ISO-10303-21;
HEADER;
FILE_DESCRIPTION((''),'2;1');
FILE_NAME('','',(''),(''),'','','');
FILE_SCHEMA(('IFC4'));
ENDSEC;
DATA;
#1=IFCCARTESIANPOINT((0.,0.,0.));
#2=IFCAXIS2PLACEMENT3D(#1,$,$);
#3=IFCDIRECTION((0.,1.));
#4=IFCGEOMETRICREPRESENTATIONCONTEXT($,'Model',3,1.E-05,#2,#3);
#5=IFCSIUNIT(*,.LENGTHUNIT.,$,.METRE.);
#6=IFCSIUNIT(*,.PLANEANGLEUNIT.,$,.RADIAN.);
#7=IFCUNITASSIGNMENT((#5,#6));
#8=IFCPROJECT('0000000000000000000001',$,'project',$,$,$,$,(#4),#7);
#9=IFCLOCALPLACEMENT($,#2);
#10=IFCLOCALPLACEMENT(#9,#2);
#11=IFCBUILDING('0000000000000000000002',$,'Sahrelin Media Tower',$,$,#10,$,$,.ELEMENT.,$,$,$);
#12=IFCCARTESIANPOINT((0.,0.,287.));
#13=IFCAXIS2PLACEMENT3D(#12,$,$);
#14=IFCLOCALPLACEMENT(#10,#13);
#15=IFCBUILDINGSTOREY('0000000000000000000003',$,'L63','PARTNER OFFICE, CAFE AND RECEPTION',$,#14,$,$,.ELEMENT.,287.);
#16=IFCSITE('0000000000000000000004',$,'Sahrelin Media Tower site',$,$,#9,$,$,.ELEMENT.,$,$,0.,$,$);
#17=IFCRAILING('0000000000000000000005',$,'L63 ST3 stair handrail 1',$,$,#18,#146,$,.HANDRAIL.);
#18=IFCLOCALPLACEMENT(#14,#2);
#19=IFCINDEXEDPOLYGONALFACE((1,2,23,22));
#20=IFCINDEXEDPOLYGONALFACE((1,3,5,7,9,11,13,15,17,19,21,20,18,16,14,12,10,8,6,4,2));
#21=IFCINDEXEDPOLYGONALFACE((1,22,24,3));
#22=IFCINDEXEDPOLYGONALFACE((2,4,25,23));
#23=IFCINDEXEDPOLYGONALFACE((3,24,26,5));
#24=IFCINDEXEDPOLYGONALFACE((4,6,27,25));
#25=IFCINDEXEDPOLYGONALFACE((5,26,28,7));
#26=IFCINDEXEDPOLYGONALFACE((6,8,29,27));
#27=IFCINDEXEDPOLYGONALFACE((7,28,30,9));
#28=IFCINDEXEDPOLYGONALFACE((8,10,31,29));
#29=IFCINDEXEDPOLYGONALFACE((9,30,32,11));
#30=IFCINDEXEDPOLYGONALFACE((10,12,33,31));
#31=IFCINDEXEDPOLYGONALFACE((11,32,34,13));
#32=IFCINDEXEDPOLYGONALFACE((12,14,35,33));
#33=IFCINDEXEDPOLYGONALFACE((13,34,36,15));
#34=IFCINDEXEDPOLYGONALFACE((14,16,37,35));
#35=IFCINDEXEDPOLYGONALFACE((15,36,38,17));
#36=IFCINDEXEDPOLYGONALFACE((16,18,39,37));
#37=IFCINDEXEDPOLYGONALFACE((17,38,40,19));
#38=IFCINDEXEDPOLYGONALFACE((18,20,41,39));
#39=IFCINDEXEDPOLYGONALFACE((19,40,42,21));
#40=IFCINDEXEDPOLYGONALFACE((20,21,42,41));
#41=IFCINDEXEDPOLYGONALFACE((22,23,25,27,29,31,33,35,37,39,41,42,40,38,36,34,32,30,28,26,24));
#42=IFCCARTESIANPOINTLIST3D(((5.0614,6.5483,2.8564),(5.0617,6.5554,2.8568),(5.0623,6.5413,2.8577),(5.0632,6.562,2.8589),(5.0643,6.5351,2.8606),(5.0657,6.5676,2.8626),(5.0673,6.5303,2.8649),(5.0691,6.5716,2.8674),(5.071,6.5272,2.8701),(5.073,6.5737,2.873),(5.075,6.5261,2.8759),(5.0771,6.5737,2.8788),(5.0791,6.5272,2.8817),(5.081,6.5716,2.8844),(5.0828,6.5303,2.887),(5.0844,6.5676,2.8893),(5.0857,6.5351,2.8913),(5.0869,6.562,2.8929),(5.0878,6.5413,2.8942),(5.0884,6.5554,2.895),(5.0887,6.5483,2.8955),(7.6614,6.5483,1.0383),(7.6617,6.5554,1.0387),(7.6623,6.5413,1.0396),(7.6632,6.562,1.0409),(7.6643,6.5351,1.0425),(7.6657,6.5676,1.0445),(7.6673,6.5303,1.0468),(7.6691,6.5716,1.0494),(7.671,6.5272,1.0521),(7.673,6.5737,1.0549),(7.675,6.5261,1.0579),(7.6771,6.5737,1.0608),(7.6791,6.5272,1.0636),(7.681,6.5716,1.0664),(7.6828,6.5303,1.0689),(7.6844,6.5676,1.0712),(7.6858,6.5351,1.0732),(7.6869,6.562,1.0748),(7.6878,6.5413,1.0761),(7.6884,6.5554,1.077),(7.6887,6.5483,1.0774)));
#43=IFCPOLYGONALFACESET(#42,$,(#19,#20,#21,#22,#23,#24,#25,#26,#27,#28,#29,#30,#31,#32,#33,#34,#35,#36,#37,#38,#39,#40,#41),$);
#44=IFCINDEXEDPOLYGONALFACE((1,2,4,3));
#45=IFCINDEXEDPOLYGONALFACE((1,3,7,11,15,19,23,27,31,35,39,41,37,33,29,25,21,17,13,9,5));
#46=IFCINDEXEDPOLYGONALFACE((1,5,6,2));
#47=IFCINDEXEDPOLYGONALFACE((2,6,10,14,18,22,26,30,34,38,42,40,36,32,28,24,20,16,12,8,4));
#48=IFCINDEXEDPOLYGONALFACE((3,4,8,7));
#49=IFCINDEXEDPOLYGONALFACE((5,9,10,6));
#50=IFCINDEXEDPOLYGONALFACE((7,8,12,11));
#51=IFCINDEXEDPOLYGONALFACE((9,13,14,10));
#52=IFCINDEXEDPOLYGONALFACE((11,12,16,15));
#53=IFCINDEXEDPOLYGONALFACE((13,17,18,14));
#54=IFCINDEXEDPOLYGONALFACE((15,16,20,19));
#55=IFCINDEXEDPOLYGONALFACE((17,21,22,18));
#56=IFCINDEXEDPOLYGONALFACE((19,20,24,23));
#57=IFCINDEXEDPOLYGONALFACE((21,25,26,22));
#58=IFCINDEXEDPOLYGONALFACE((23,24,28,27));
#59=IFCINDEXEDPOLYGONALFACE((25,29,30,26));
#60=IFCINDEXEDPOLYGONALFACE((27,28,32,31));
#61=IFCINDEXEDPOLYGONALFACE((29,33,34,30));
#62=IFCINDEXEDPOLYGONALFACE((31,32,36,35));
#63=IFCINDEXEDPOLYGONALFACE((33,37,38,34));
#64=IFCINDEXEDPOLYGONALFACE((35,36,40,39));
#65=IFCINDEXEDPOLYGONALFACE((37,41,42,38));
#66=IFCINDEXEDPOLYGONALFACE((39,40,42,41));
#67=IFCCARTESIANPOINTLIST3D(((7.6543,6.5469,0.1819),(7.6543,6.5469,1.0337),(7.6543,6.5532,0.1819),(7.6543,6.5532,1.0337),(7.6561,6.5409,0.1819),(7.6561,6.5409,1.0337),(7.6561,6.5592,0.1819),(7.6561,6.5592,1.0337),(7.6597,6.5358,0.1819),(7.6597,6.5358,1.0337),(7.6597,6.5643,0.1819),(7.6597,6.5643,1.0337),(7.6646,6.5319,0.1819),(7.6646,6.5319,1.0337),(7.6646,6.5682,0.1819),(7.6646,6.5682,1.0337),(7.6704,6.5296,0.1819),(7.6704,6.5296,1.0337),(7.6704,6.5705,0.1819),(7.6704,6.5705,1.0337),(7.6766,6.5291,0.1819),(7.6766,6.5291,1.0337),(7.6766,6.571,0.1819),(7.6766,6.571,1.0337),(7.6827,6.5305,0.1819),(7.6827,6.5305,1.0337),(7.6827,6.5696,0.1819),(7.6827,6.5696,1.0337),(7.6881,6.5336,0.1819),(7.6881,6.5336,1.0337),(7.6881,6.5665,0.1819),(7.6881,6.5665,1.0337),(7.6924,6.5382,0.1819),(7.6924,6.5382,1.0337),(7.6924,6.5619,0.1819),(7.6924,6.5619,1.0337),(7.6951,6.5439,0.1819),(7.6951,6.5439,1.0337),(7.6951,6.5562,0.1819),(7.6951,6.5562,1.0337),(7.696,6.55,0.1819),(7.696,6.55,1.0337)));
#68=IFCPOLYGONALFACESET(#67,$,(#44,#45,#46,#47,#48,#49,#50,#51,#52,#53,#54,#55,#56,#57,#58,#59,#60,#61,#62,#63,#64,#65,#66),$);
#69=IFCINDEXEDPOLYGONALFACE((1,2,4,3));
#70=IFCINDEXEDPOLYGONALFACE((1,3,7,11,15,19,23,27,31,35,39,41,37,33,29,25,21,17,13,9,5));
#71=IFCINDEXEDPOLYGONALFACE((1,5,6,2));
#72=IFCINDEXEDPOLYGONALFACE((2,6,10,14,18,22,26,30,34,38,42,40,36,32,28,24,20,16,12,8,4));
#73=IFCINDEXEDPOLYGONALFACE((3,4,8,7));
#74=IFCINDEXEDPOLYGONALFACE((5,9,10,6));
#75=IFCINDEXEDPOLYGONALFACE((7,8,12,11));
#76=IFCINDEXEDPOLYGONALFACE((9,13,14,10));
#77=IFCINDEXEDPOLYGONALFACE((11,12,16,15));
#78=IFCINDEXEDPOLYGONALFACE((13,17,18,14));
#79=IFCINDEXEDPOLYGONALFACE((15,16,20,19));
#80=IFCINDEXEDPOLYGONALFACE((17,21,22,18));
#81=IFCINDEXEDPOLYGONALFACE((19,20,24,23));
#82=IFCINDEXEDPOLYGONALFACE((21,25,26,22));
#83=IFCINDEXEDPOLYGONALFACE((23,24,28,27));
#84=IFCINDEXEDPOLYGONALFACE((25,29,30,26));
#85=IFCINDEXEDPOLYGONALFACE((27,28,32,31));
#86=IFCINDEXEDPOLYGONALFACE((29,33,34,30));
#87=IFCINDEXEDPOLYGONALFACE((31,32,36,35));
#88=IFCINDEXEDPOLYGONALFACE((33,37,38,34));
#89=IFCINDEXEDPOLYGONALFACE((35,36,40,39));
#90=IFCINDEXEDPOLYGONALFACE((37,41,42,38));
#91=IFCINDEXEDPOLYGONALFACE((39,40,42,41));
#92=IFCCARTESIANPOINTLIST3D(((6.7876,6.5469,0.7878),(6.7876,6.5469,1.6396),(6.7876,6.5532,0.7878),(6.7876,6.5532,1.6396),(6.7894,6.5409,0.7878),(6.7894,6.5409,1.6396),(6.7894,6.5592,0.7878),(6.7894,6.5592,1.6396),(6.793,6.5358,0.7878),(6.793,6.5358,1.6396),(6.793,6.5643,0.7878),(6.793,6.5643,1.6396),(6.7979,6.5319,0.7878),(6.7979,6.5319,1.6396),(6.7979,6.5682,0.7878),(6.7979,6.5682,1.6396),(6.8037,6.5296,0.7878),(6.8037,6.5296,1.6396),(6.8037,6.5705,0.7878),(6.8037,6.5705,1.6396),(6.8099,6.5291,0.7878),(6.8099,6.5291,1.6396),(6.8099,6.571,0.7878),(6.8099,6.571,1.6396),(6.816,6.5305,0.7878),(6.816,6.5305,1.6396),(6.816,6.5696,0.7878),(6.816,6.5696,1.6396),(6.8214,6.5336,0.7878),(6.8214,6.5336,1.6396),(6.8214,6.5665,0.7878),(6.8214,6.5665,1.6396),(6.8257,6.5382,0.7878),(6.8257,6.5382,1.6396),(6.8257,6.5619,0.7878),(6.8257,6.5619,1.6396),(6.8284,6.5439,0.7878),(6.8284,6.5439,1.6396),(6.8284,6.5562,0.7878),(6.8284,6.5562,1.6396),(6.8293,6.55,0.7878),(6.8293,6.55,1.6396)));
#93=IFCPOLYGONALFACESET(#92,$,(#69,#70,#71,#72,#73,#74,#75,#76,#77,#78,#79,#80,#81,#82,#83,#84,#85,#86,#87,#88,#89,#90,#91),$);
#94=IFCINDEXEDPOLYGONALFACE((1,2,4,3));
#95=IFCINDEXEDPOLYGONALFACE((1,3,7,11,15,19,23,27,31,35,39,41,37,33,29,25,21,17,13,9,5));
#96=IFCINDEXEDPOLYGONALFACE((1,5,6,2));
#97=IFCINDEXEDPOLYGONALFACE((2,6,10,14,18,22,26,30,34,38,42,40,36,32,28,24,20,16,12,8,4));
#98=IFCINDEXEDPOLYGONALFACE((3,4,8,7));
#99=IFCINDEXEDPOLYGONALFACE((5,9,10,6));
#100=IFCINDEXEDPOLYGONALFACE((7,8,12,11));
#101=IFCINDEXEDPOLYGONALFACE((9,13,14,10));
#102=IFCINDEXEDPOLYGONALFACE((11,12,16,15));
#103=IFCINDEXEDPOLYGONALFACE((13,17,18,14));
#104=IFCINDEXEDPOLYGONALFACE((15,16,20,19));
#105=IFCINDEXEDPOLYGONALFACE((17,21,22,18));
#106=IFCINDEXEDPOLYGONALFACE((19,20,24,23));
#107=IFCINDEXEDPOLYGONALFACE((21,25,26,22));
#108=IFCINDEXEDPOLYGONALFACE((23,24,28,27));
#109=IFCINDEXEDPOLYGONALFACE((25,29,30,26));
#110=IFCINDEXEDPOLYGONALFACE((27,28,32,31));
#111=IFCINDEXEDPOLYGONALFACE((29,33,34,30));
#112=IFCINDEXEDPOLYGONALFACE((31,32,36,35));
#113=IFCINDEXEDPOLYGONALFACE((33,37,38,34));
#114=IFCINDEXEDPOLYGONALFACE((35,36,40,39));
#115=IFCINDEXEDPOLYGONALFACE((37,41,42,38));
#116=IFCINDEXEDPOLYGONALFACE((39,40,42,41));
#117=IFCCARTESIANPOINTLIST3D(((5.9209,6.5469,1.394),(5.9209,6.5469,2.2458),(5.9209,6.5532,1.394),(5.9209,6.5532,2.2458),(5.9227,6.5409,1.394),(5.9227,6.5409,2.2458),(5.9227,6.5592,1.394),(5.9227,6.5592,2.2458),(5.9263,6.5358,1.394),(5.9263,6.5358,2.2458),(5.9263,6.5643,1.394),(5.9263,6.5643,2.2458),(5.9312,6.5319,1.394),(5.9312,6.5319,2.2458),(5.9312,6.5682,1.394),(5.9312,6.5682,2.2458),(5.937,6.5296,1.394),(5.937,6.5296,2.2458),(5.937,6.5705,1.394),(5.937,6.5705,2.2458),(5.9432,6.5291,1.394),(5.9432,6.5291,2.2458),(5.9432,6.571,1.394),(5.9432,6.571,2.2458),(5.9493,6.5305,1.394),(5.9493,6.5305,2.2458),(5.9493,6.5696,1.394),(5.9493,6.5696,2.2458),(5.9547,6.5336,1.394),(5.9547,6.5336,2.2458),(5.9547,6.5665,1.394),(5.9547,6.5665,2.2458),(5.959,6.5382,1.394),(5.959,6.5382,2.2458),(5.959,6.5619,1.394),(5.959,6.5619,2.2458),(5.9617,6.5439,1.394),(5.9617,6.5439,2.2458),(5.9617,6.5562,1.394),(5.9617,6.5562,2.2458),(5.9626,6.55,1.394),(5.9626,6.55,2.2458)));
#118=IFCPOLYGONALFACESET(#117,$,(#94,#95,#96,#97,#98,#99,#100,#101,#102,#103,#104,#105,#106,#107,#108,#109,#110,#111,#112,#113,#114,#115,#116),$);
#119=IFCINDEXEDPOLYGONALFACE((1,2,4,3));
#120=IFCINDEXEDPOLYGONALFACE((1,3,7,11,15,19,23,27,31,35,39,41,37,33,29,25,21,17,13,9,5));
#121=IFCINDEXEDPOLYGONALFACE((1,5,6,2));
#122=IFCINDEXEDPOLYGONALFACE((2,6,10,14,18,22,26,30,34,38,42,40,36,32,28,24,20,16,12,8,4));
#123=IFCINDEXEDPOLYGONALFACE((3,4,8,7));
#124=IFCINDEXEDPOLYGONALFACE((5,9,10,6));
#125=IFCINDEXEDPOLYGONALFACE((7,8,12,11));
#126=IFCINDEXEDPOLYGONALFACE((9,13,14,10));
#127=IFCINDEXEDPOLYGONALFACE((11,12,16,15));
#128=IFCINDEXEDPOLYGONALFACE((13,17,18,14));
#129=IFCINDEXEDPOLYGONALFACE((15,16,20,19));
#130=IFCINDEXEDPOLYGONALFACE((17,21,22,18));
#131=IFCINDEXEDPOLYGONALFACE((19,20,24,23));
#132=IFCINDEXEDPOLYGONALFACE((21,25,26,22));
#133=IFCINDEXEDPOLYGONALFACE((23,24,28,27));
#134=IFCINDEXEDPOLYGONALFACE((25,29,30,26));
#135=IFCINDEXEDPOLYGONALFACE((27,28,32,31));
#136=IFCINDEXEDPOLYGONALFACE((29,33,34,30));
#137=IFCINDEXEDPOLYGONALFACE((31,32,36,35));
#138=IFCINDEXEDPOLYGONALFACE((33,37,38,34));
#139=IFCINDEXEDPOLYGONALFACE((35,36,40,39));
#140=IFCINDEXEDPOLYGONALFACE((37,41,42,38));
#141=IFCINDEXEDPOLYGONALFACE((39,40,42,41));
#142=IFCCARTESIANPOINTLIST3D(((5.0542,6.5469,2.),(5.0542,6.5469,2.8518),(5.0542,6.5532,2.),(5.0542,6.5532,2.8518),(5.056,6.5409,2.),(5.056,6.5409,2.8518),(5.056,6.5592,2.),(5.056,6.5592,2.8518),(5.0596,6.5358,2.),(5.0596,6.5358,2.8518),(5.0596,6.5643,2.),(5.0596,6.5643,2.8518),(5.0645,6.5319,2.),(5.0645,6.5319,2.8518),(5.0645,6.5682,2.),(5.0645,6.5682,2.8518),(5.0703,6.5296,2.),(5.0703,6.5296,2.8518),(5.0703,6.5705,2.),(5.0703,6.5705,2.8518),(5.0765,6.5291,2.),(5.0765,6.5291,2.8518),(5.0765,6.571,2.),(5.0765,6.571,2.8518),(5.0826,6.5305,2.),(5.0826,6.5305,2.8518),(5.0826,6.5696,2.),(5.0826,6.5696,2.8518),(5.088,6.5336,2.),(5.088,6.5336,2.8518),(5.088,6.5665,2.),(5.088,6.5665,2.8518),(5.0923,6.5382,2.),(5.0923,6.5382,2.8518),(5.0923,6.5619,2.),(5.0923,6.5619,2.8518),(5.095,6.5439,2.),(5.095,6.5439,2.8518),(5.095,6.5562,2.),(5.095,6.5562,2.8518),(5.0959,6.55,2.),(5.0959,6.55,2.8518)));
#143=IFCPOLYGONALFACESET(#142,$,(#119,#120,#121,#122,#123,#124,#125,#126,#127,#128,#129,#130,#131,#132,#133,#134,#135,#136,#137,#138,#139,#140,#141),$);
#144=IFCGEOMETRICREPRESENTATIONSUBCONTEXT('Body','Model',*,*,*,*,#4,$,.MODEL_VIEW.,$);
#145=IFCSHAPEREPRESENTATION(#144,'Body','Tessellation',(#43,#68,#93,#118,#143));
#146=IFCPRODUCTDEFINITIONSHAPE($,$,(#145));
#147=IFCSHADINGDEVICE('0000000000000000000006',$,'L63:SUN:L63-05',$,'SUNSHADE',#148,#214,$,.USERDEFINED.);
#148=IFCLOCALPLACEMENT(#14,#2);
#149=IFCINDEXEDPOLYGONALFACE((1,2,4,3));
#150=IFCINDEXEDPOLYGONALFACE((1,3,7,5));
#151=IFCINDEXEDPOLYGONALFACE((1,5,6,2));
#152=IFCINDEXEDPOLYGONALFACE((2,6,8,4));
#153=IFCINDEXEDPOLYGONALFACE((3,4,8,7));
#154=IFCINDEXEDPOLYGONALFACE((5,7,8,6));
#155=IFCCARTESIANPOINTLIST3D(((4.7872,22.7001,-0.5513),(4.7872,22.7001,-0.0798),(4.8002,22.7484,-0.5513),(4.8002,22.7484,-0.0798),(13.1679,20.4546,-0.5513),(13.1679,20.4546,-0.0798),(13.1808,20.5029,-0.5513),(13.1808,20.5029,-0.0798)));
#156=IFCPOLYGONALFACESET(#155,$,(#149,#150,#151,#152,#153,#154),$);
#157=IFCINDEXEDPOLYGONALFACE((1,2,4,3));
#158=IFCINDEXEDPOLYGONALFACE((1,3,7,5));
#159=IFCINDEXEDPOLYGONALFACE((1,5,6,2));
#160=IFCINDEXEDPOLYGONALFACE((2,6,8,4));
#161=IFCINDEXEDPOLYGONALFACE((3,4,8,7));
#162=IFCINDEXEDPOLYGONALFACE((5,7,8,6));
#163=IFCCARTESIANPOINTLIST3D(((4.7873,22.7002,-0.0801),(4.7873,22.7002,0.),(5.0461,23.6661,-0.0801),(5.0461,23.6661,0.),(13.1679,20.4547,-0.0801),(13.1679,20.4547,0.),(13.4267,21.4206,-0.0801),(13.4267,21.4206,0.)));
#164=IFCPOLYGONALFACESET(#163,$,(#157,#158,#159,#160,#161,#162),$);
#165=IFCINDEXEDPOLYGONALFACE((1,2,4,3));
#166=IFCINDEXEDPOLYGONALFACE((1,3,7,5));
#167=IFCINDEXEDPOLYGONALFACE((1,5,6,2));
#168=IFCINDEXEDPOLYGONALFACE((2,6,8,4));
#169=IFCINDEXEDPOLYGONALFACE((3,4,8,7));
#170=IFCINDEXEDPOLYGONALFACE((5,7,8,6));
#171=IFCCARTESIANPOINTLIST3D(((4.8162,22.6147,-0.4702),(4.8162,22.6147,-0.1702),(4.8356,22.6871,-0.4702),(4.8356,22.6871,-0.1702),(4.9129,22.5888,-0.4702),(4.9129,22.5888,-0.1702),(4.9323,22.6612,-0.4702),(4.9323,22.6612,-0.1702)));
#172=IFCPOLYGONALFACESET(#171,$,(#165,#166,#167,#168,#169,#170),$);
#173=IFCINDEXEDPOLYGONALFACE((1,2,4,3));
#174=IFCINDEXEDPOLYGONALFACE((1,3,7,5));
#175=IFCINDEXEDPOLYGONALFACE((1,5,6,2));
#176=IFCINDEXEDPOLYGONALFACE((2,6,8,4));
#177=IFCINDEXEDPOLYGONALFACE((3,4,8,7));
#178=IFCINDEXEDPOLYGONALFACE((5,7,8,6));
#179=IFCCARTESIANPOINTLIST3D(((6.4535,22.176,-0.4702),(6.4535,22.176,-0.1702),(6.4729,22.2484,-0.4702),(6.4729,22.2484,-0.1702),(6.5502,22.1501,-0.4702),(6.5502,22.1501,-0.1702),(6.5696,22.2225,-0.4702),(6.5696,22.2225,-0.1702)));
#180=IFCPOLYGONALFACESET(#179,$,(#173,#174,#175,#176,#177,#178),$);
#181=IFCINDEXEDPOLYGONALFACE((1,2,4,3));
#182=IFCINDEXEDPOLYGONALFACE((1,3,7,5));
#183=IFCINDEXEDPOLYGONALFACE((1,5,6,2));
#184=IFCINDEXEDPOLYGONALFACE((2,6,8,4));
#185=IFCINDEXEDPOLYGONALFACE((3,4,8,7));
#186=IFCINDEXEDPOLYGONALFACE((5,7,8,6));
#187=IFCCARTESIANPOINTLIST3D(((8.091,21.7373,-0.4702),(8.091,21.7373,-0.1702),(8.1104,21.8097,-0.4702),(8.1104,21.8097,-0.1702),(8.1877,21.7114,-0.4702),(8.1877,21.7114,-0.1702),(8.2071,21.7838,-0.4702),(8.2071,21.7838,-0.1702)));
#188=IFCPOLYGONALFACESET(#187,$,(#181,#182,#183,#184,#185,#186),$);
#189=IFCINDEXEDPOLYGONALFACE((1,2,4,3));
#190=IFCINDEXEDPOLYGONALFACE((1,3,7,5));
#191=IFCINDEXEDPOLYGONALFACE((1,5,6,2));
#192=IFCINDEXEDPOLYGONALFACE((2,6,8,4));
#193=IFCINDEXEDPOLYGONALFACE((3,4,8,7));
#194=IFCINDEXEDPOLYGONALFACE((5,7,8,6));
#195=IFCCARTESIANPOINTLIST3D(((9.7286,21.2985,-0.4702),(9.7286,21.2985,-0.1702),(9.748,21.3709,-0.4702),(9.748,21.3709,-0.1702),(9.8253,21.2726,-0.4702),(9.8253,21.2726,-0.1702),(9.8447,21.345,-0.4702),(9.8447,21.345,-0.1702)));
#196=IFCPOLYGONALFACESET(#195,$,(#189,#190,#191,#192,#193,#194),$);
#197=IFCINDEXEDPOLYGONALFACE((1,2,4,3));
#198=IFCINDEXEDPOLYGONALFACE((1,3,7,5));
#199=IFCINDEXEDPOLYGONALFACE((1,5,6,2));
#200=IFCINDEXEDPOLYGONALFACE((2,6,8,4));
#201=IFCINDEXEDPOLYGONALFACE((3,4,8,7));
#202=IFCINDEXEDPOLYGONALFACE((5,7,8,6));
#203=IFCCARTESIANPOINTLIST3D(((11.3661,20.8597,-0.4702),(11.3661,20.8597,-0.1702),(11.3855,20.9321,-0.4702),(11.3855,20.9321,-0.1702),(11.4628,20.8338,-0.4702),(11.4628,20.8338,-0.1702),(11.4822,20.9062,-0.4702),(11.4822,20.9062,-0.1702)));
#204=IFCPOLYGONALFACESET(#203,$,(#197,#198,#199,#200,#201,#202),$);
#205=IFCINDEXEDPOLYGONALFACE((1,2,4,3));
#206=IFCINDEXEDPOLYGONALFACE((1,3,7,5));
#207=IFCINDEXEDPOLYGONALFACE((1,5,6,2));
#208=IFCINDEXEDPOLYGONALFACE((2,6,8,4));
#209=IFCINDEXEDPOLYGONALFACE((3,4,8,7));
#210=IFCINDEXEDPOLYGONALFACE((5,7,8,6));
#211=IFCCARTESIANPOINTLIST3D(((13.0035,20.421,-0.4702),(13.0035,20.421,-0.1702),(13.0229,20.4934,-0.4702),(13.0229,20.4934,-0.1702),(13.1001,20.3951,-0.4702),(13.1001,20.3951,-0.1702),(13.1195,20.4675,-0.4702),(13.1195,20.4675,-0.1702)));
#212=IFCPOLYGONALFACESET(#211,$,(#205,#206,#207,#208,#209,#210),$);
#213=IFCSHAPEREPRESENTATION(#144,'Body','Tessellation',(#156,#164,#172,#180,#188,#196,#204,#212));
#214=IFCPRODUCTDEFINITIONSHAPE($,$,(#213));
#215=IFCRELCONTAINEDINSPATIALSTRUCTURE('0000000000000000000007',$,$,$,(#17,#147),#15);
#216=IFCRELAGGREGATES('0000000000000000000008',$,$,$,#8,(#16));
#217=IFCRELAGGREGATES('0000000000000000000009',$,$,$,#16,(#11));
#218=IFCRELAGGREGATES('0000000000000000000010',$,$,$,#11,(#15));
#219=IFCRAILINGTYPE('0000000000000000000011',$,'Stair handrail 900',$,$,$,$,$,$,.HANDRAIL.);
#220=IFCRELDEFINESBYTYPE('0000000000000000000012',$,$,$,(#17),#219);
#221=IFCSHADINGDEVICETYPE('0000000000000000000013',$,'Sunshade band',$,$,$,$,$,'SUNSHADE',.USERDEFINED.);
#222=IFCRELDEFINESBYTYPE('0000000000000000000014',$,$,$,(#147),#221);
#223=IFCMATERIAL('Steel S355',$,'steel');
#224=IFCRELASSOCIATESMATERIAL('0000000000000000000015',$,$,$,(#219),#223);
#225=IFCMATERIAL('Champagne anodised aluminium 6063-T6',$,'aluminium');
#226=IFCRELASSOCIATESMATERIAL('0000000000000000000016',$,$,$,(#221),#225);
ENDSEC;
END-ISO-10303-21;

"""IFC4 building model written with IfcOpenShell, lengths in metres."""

from ifc_helpers import new_model, si_unit, direction, frame, origin, origin_2d, place, context, subcontext, project, spatial, rectangle, circle, extrude, material, type_object, element, save


model = new_model("IFC4")

# Units and contexts
model_context = context("Model", 3, precision=1e-05, world=origin(), true_north=direction((0.0, 1.0)))
body_context = subcontext(model_context, "Body", "Model", "MODEL_VIEW")
ifc_project = project(units=[si_unit("LENGTHUNIT", "METRE"), si_unit("PLANEANGLEUNIT", "RADIAN")], contexts=[model_context])

# Site, building, storey
site_placement = place(None, origin())
site = spatial("IfcSite", under=ifc_project, at=site_placement, Name="Sahrelin Media Tower site", CompositionType="ELEMENT", RefElevation=0.0)
building_placement = place(site_placement, origin())
building = spatial("IfcBuilding", under=site, at=building_placement, Name="Sahrelin Media Tower", CompositionType="ELEMENT")
storey_placement = place(building_placement, frame((0.0, 0.0, 287.0)))
storey = spatial("IfcBuildingStorey", under=building, at=storey_placement, Name="L63", Description="PARTNER OFFICE, CAFE AND RECEPTION", CompositionType="ELEMENT", Elevation=287.0)

# Shared definitions
ifc_material_1 = material(Name="Steel S355", Category="steel")

# Shared definitions
ifc_material_2 = material(Name="Champagne anodised aluminium 6063-T6", Category="aluminium")

# Shared definitions
placement_1 = place(storey_placement, frame((8.9724, 21.5581, 0.0), z_axis=(0.0, 0.0, 1.0), x_axis=(0.965929, -0.258808, 0.0)))

# Railing
railing_type = type_object("IfcRailingType", Name="Stair handrail 900", PredefinedType="HANDRAIL", material=ifc_material_1)
railing_placement = place(storey_placement, frame((7.675, 6.55, 0.1819)))
element("IfcRailing", 1, at=railing_placement, inside=storey, type_object=railing_type, Name="L63 ST3 stair handrail 1", PredefinedType="HANDRAIL", context=body_context, shape_type="SweptSolid", body=[
    extrude(circle(Radius=0.0239, at=origin_2d()), frame((0.0, 0.0, 0.876), z_axis=(-0.819521, 0.0, 0.573049), x_axis=(0.0, -1.0, 0.0)), (0.0, 0.0, 1.0), 3.1726),
    extrude(circle(Radius=0.021, at=origin_2d()), origin(), (0.0, 0.0, 1.0), 0.8518),
    extrude(circle(Radius=0.021, at=origin_2d()), frame((-0.8667, 0.0, 0.606)), (0.0, 0.0, 1.0), 0.8518),
    extrude(circle(Radius=0.021, at=origin_2d()), frame((-1.7334, 0.0, 1.2122)), (0.0, 0.0, 1.0), 0.8518),
    extrude(circle(Radius=0.021, at=origin_2d()), frame((-2.6001, 0.0, 1.8181)), (0.0, 0.0, 1.0), 0.8518),
])

# Shading device
shading_device_type_1 = type_object("IfcShadingDeviceType", Name="Sunshade band", ElementType="SUNSHADE", PredefinedType="USERDEFINED", material=ifc_material_2)
element("IfcShadingDevice", 2, at=placement_1, inside=storey, type_object=shading_device_type_1, Name="L63:SUN:L63-05", ObjectType="SUNSHADE", PredefinedType="USERDEFINED", context=body_context, shape_type="SweptSolid", body=[
    extrude(rectangle(XDim=8.6763, YDim=0.05, at=origin_2d()), frame((0.0, 0.0449, -0.5513)), (0.0, 0.0, 1.0), 0.4714),
    extrude(rectangle(XDim=8.6763, YDim=1.0, at=origin_2d()), frame((0.0, 0.52, -0.0801)), (0.0, 0.0, 1.0), 0.0801),
    extrude(rectangle(XDim=0.1001, YDim=0.075, at=origin_2d()), frame((-4.238, -0.0176, -0.4702)), (0.0, 0.0, 1.0), 0.3),
    extrude(rectangle(XDim=0.1001, YDim=0.075, at=origin_2d()), frame((-2.543, -0.0176, -0.4702)), (0.0, 0.0, 1.0), 0.3),
    extrude(rectangle(XDim=0.1001, YDim=0.075, at=origin_2d()), frame((-0.8477, -0.0176, -0.4702)), (0.0, 0.0, 1.0), 0.3),
    extrude(rectangle(XDim=0.1001, YDim=0.075, at=origin_2d()), frame((0.8477, -0.0176, -0.4702)), (0.0, 0.0, 1.0), 0.3),
    extrude(rectangle(XDim=0.1001, YDim=0.075, at=origin_2d()), frame((2.543, -0.0176, -0.4702)), (0.0, 0.0, 1.0), 0.3),
    extrude(rectangle(XDim=0.1001, YDim=0.075, at=origin_2d()), frame((4.238, -0.0176, -0.4702)), (0.0, 0.0, 1.0), 0.3),
])

save(model, "model.ifc")
